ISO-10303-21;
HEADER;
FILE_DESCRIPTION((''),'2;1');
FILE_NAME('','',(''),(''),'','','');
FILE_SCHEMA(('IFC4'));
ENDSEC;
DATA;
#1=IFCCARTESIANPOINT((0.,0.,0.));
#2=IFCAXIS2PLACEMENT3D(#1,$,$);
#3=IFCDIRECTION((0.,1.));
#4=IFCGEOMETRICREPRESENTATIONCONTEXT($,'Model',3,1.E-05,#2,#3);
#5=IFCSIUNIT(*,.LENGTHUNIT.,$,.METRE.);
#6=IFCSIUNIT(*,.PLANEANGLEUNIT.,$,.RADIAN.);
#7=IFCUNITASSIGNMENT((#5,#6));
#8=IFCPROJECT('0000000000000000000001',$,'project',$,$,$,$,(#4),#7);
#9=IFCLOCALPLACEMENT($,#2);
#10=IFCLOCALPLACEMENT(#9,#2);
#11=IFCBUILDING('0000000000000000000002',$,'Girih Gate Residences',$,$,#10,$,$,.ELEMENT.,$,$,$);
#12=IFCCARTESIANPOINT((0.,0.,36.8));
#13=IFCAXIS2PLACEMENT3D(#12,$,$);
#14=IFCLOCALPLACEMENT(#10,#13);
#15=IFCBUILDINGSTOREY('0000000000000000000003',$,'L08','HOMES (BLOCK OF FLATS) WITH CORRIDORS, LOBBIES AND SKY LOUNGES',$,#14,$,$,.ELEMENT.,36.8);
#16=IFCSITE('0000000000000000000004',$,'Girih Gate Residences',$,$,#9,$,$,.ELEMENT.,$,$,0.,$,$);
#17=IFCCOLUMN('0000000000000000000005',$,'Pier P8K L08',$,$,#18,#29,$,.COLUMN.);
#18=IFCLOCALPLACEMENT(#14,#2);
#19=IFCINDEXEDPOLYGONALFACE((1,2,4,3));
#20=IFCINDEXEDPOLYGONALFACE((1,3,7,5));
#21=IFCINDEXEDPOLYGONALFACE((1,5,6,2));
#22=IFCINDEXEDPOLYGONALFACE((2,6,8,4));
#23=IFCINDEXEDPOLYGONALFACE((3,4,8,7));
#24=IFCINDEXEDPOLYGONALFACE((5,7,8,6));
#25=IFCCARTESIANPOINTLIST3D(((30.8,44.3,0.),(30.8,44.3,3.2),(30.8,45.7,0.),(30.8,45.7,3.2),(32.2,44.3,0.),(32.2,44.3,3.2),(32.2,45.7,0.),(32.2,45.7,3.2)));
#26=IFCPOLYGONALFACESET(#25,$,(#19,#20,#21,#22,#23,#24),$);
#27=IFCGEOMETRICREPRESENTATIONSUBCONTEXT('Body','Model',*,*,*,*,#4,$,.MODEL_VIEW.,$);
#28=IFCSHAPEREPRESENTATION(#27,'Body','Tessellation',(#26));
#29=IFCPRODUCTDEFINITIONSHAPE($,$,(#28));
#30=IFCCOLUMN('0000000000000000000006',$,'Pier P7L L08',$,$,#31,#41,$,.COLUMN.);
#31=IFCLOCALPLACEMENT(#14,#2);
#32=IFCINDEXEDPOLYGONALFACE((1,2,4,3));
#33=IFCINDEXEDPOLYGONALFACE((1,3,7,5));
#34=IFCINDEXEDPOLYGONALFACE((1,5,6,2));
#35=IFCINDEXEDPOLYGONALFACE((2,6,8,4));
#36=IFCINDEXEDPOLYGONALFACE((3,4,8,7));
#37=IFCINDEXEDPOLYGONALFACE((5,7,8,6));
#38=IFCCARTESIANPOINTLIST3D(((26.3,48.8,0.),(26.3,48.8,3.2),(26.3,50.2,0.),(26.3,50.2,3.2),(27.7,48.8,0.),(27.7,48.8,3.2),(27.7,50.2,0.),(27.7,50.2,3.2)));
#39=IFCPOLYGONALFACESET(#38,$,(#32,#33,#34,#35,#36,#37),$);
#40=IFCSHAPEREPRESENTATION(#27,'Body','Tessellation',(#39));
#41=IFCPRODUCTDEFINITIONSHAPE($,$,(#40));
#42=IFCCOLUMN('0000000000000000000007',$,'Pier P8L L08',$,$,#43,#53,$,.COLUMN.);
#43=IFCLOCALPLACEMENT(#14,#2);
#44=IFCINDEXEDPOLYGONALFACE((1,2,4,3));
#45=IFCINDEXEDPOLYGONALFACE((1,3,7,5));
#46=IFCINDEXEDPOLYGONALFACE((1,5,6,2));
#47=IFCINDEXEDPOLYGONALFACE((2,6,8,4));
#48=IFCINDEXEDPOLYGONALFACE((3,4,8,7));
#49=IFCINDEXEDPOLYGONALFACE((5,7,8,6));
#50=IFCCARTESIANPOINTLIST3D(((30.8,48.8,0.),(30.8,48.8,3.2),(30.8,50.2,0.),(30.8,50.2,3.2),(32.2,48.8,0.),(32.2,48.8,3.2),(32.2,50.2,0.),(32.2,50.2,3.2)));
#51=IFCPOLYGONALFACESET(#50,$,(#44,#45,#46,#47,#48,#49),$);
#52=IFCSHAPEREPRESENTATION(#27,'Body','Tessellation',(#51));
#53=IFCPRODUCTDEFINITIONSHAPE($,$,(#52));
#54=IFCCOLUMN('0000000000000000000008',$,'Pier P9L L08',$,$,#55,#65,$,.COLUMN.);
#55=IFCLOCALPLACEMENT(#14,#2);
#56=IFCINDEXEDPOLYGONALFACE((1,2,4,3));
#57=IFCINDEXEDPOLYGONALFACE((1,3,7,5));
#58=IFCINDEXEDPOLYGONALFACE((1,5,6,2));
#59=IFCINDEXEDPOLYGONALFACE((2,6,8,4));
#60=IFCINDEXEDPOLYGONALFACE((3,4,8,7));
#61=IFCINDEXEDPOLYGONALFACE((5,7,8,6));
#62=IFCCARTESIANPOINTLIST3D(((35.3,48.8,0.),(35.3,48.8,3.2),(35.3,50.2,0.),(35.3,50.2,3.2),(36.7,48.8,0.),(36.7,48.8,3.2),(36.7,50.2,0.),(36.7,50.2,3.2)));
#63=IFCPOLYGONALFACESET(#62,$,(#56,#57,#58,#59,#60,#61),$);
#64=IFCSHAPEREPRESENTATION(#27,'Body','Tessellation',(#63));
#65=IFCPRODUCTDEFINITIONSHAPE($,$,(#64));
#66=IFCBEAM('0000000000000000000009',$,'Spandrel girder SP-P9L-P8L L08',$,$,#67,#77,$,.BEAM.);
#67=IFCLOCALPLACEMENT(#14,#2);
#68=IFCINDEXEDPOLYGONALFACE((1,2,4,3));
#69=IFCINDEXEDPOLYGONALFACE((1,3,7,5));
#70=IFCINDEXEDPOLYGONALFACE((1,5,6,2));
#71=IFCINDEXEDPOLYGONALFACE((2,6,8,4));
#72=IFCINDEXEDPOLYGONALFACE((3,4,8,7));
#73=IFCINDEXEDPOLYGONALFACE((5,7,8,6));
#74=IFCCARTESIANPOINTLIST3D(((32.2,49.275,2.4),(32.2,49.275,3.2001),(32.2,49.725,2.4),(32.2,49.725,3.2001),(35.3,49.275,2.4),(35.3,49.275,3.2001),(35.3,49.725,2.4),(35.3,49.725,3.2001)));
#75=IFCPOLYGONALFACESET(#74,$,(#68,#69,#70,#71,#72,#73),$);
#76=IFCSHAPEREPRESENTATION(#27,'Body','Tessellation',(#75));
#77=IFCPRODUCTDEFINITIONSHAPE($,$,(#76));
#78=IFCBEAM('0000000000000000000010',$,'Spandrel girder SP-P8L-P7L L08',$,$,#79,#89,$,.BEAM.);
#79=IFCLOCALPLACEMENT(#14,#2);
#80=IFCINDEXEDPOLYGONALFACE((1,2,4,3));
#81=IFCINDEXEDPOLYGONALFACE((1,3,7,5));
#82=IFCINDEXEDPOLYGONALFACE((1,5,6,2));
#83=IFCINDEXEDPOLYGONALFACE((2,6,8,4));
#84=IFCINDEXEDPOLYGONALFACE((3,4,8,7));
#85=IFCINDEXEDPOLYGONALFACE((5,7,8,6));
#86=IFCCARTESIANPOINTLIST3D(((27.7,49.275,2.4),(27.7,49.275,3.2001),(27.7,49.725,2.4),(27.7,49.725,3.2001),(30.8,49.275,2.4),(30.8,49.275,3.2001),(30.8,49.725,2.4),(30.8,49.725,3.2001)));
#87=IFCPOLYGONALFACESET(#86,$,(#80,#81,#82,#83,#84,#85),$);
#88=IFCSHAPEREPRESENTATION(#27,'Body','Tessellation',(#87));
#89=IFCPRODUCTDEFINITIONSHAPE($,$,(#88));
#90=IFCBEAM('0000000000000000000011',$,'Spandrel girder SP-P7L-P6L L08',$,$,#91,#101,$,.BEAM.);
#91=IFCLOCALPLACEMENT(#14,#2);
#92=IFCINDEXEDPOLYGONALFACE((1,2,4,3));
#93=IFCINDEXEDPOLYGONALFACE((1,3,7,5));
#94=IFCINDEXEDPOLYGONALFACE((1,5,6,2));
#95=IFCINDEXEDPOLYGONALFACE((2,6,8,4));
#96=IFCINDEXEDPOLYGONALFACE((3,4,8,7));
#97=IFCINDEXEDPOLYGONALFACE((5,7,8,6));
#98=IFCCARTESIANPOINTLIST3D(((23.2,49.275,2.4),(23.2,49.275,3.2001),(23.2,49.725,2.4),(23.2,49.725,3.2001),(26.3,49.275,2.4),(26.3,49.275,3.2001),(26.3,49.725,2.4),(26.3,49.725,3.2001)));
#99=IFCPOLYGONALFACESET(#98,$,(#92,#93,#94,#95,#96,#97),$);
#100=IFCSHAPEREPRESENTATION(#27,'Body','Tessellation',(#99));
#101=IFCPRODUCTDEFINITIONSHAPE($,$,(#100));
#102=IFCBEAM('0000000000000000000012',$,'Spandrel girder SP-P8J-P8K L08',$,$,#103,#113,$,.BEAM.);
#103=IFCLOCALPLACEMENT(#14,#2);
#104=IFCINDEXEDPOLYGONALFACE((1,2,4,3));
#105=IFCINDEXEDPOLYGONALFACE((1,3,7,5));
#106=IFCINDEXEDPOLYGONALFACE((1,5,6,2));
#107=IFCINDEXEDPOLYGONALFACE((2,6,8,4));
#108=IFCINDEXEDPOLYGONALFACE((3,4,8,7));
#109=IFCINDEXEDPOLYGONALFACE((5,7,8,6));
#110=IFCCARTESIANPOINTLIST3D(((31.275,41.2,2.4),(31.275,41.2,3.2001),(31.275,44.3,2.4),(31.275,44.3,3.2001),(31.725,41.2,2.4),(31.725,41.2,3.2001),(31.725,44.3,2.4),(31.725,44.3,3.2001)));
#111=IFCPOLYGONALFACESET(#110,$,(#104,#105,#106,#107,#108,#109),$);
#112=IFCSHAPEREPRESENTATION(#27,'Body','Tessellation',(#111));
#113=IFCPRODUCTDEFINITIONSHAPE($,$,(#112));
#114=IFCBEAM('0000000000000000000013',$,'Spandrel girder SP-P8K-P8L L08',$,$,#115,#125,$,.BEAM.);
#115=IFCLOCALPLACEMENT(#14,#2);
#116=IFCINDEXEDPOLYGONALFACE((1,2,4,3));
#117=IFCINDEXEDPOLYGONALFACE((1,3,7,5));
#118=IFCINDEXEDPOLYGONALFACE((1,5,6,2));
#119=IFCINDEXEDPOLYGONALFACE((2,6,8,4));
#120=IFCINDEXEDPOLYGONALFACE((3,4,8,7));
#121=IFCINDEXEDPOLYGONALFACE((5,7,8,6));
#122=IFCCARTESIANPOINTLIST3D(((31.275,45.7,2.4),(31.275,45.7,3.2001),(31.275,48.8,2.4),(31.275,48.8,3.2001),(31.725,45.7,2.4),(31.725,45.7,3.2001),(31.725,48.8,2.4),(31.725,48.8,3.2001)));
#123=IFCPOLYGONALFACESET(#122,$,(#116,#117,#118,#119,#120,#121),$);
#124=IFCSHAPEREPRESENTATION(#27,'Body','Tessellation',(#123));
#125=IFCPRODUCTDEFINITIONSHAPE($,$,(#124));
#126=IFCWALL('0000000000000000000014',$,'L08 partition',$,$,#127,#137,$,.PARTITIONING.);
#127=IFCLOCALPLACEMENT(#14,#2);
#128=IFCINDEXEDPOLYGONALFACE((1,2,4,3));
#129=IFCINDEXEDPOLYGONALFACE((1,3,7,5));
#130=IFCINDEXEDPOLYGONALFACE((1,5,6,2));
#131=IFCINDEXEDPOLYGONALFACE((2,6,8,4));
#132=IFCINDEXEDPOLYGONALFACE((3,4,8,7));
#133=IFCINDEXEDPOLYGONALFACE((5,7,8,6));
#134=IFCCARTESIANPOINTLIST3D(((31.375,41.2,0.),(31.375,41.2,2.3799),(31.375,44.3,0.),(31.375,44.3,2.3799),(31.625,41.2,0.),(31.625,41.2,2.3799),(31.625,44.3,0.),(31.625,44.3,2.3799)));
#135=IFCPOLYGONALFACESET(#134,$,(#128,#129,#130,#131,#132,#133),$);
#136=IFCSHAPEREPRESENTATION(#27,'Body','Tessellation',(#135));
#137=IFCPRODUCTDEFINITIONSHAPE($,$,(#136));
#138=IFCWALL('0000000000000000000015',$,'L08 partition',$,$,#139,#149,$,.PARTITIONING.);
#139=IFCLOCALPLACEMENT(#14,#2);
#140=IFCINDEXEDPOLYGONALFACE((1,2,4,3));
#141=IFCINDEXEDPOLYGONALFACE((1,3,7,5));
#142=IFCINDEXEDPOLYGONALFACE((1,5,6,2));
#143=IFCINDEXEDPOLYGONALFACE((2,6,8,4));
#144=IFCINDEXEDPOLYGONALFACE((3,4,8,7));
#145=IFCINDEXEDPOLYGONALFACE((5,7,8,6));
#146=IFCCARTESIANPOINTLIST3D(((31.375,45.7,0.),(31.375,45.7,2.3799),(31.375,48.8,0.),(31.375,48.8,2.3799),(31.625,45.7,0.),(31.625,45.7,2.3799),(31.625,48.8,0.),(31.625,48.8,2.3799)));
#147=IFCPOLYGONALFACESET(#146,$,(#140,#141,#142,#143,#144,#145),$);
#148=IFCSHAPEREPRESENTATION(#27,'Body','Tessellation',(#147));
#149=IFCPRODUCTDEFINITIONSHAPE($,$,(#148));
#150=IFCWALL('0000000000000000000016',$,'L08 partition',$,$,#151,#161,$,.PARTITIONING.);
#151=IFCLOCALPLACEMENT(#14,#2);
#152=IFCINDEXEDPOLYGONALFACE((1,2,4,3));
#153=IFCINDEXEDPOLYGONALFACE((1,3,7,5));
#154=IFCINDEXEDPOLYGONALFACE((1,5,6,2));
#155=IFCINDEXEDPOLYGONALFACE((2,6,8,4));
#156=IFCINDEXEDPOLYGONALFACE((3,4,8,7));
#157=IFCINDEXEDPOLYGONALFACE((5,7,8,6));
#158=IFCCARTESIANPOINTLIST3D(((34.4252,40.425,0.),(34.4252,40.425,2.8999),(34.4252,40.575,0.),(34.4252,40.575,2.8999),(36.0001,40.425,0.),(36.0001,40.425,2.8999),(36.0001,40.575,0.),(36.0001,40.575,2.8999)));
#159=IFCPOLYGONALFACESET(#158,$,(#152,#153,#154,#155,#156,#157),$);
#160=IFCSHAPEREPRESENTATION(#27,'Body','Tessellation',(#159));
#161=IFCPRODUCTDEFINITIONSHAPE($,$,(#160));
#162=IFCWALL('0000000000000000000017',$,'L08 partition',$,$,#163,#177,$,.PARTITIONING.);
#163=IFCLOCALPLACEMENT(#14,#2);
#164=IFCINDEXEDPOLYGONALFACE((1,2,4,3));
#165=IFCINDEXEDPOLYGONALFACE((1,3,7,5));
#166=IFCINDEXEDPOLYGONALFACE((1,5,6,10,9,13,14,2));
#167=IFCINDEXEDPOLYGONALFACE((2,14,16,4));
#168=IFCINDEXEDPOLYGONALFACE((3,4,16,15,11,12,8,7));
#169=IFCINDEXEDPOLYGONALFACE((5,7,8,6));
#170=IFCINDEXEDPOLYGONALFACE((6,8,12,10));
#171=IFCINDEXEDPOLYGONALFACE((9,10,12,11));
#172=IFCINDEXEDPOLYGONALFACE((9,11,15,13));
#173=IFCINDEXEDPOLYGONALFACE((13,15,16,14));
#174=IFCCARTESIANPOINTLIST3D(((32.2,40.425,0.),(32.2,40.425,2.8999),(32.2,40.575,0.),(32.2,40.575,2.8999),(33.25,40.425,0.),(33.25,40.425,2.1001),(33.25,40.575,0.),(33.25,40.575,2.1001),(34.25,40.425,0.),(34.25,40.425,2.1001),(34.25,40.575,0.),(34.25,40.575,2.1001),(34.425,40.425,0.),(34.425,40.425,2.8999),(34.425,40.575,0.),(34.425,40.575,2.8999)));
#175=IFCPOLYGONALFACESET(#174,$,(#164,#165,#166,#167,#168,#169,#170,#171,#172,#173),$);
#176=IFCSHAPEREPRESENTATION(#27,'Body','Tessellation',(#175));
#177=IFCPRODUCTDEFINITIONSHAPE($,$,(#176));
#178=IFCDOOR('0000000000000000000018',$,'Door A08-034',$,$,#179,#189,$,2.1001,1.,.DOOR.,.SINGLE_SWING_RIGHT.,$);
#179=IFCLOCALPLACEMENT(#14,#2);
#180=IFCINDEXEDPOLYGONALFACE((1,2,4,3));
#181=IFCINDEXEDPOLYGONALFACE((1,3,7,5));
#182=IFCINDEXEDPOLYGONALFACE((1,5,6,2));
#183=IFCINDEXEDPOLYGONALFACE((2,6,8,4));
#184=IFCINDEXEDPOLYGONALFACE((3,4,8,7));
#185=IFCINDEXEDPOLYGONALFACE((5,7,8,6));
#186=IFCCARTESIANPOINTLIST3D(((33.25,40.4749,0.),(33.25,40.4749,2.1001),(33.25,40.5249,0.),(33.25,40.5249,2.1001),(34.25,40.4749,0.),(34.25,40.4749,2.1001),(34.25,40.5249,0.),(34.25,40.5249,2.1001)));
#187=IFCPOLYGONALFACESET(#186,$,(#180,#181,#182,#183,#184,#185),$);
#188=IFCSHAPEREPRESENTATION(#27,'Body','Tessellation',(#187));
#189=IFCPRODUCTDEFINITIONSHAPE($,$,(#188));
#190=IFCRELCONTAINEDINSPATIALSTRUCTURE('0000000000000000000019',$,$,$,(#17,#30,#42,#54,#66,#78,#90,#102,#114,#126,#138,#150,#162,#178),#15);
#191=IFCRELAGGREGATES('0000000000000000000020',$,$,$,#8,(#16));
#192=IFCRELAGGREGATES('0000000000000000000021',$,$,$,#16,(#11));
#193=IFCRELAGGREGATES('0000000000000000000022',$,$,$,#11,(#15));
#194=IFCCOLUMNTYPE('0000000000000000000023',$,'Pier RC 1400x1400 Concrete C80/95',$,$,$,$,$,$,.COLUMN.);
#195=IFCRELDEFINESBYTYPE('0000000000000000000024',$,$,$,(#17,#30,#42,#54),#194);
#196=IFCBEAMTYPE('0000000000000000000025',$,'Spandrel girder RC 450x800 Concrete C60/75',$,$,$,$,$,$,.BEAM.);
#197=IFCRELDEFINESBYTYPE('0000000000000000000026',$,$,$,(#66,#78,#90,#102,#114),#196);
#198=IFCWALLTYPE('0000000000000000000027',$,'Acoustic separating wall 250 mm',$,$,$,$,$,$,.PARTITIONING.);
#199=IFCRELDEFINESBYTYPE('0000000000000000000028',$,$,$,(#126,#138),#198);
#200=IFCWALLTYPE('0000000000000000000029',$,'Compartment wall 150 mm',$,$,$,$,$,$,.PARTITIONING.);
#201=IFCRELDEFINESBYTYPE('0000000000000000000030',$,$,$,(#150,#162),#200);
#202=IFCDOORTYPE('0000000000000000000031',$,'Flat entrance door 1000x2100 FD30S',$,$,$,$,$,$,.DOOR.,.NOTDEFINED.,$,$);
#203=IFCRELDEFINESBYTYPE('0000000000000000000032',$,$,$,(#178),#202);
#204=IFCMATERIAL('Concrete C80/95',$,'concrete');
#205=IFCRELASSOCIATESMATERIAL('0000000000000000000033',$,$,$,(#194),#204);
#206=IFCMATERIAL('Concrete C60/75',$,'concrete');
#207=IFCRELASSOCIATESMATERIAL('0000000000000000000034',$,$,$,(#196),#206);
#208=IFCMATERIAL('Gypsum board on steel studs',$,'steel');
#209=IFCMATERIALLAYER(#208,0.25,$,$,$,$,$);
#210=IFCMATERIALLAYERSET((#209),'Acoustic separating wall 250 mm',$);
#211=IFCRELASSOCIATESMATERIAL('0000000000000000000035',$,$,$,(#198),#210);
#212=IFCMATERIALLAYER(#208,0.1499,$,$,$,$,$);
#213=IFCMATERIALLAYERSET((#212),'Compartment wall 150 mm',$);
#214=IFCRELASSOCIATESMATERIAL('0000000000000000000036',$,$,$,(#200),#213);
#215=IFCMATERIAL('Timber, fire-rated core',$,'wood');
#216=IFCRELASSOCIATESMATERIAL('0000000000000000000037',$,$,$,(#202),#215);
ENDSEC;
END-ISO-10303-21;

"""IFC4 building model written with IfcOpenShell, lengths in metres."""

from ifc_helpers import new_model, si_unit, direction, frame, frame_2d, origin, origin_2d, place, context, subcontext, project, spatial, rectangle, extrude, material, layer, layer_set, material_profile, profile_set, type_object, element, fill, save


model = new_model("IFC4")

# Units and contexts
model_context = context("Model", 3, precision=1e-05, world=origin(), true_north=direction((0.0, 1.0)))
body_context = subcontext(model_context, "Body", "Model", "MODEL_VIEW")
ifc_project = project(units=[si_unit("LENGTHUNIT", "METRE"), si_unit("PLANEANGLEUNIT", "RADIAN")], contexts=[model_context])

# Site, building, storey
site_placement = place(None, origin())
site = spatial("IfcSite", under=ifc_project, at=site_placement, Name="Girih Gate Residences", CompositionType="ELEMENT", RefElevation=0.0)
building_placement = place(site_placement, origin())
building = spatial("IfcBuilding", under=site, at=building_placement, Name="Girih Gate Residences", CompositionType="ELEMENT")
storey_placement = place(building_placement, frame((0.0, 0.0, 36.8)))
storey = spatial("IfcBuildingStorey", under=building, at=storey_placement, Name="L08", Description="HOMES (BLOCK OF FLATS) WITH CORRIDORS, LOBBIES AND SKY LOUNGES", CompositionType="ELEMENT", Elevation=36.8)

# Columns
ifc_material_1 = material(Name="Concrete C80/95", Category="concrete")
ifc_material_profile_1 = material_profile(ifc_material_1, rectangle(XDim=1.3999, YDim=1.3999, at=origin_2d()))
ifc_profile_set_1 = profile_set([ifc_material_profile_1], Name="Concrete C80/95")
column_type = type_object("IfcColumnType", Name="Pier RC 1400x1400 Concrete C80/95", PredefinedType="COLUMN", material=ifc_profile_set_1)
for number, where, z_axis, x_axis, name in (
    (1, (31.5, 45.0, 0.0), (0.0, 0.0, 1.0), (1.0, 0.0, 0.0), "Pier P8K L08"),
    (2, (27.0, 49.5, 0.0), (0.0, 0.0, 1.0), (1.0, 0.0, 0.0), "Pier P7L L08"),
    (3, (31.5, 49.5, 0.0), (0.0, 0.0, 1.0), (1.0, 0.0, 0.0), "Pier P8L L08"),
    (4, (36.0, 49.5, 0.0), (0.0, 0.0, 1.0), (1.0, 0.0, 0.0), "Pier P9L L08"),
):
    element("IfcColumn", number, at=place(storey_placement, frame(where, z_axis=z_axis, x_axis=x_axis)), inside=storey, type_object=column_type, Name=name, PredefinedType="COLUMN", context=body_context, shape_type="SweptSolid", body=[
        extrude(rectangle(XDim=1.3999, YDim=1.3999, at=origin_2d()), origin(), (0.0, 0.0, 1.0), 3.2),
    ])

# Beams
ifc_material_2 = material(Name="Concrete C60/75", Category="concrete")
ifc_material_profile_2 = material_profile(ifc_material_2, rectangle(XDim=0.45, YDim=0.8, at=origin_2d()))
ifc_profile_set_2 = profile_set([ifc_material_profile_2], Name="Concrete C60/75")
beam_type = type_object("IfcBeamType", Name="Spandrel girder RC 450x800 Concrete C60/75", PredefinedType="BEAM", material=ifc_profile_set_2)
for number, where, z_axis, x_axis, name in (
    (5, (35.3, 49.5, 2.8), (-1.0, 0.0, 0.0), (0.0, -1.0, 0.0), "Spandrel girder SP-P9L-P8L L08"),
    (6, (30.8, 49.5, 2.8), (-1.0, 0.0, 0.0), (0.0, -1.0, 0.0), "Spandrel girder SP-P8L-P7L L08"),
    (7, (26.3, 49.5, 2.8), (-1.0, 0.0, 0.0), (0.0, -1.0, 0.0), "Spandrel girder SP-P7L-P6L L08"),
    (8, (31.5, 41.2, 2.8), (0.0, 1.0, 0.0), (-1.0, 0.0, 0.0), "Spandrel girder SP-P8J-P8K L08"),
    (9, (31.5, 45.7, 2.8), (0.0, 1.0, 0.0), (-1.0, 0.0, 0.0), "Spandrel girder SP-P8K-P8L L08"),
):
    element("IfcBeam", number, at=place(storey_placement, frame(where, z_axis=z_axis, x_axis=x_axis)), inside=storey, type_object=beam_type, Name=name, PredefinedType="BEAM", context=body_context, shape_type="SweptSolid", body=[
        extrude(rectangle(XDim=0.45, YDim=0.8, at=origin_2d()), origin(), (0.0, 0.0, 1.0), 3.1001),
    ])

# Walls
ifc_material_3 = material(Name="Gypsum board on steel studs", Category="steel")
ifc_layer_1 = layer(ifc_material_3, 0.25)
ifc_layer_set_1 = layer_set([ifc_layer_1], Name="Acoustic separating wall 250 mm")
wall_type_1 = type_object("IfcWallType", Name="Acoustic separating wall 250 mm", PredefinedType="PARTITIONING", material=ifc_layer_set_1)
for number, where, z_axis, x_axis, name in (
    (10, (31.5, 41.2, 0.0), (0.0, 0.0, 1.0), (0.0, 1.0, 0.0), "L08 partition"),
    (11, (31.5, 45.7, 0.0), (0.0, 0.0, 1.0), (0.0, 1.0, 0.0), "L08 partition"),
):
    element("IfcWall", number, at=place(storey_placement, frame(where, z_axis=z_axis, x_axis=x_axis)), inside=storey, type_object=wall_type_1, Name=name, PredefinedType="PARTITIONING", context=body_context, shape_type="SweptSolid", body=[
        extrude(rectangle(XDim=3.1001, YDim=0.25, at=frame_2d((1.55, 0.0))), origin(), (0.0, 0.0, 1.0), 2.3799),
    ])
ifc_layer_2 = layer(ifc_material_3, 0.1499)
ifc_layer_set_2 = layer_set([ifc_layer_2], Name="Compartment wall 150 mm")
wall_type_2 = type_object("IfcWallType", Name="Compartment wall 150 mm", PredefinedType="PARTITIONING", material=ifc_layer_set_2)
wall_1_placement = place(storey_placement, frame((34.425, 40.5, 0.0), z_axis=(0.0, 0.0, 1.0), x_axis=(1.0, 0.0, 0.0)))
element("IfcWall", 12, at=wall_1_placement, inside=storey, type_object=wall_type_2, Name="L08 partition", PredefinedType="PARTITIONING", context=body_context, shape_type="SweptSolid", body=[
    extrude(rectangle(XDim=1.575, YDim=0.1499, at=frame_2d((0.7876, 0.0))), origin(), (0.0, 0.0, 1.0), 2.8999),
])

# Wall, opening, door
wall_2_placement = place(storey_placement, frame((32.2, 40.5, 0.0), z_axis=(0.0, 0.0, 1.0), x_axis=(1.0, 0.0, 0.0)))
wall_2 = element("IfcWall", 13, at=wall_2_placement, inside=storey, type_object=wall_type_2, Name="L08 partition", PredefinedType="PARTITIONING", context=body_context, shape_type="SweptSolid", body=[
    extrude(rectangle(XDim=2.2251, YDim=0.1499, at=frame_2d((1.1125, 0.0))), origin(), (0.0, 0.0, 1.0), 2.8999),
])
opening_1_placement = place(wall_2_placement, frame((1.05, 0.0, 0.0)))
opening_1 = element("IfcOpeningElement", 14, at=opening_1_placement, cuts=wall_2, PredefinedType="OPENING", context=body_context, shape_type="SweptSolid", body=[
    extrude(rectangle(XDim=1.0, YDim=2.1001, at=frame_2d((0.5, 1.05))), frame((0.0, 0.085, 0.0), z_axis=(0.0, -1.0, 0.0), x_axis=(1.0, 0.0, 0.0)), (0.0, 0.0, 1.0), 0.1699),
])
ifc_material_4 = material(Name="Timber, fire-rated core", Category="wood")
door_type_1 = type_object("IfcDoorType", Name="Flat entrance door 1000x2100 FD30S", OperationType="NOTDEFINED", PredefinedType="DOOR", material=ifc_material_4)
door_1_placement = place(opening_1_placement, origin())
door_1 = element("IfcDoor", 15, at=door_1_placement, inside=storey, type_object=door_type_1, Name="Door A08-034", OperationType="SINGLE_SWING_RIGHT", OverallHeight=2.1001, OverallWidth=1.0, PredefinedType="DOOR", context=body_context, shape_type="SweptSolid", body=[
    extrude(rectangle(XDim=1.0, YDim=2.1001, at=frame_2d((0.5, 1.05))), frame((0.0, 0.0249, 0.0), z_axis=(0.0, -1.0, 0.0), x_axis=(1.0, 0.0, 0.0)), (0.0, 0.0, 1.0), 0.05),
])
fill(opening_1, door_1)

save(model, "model.ifc")
